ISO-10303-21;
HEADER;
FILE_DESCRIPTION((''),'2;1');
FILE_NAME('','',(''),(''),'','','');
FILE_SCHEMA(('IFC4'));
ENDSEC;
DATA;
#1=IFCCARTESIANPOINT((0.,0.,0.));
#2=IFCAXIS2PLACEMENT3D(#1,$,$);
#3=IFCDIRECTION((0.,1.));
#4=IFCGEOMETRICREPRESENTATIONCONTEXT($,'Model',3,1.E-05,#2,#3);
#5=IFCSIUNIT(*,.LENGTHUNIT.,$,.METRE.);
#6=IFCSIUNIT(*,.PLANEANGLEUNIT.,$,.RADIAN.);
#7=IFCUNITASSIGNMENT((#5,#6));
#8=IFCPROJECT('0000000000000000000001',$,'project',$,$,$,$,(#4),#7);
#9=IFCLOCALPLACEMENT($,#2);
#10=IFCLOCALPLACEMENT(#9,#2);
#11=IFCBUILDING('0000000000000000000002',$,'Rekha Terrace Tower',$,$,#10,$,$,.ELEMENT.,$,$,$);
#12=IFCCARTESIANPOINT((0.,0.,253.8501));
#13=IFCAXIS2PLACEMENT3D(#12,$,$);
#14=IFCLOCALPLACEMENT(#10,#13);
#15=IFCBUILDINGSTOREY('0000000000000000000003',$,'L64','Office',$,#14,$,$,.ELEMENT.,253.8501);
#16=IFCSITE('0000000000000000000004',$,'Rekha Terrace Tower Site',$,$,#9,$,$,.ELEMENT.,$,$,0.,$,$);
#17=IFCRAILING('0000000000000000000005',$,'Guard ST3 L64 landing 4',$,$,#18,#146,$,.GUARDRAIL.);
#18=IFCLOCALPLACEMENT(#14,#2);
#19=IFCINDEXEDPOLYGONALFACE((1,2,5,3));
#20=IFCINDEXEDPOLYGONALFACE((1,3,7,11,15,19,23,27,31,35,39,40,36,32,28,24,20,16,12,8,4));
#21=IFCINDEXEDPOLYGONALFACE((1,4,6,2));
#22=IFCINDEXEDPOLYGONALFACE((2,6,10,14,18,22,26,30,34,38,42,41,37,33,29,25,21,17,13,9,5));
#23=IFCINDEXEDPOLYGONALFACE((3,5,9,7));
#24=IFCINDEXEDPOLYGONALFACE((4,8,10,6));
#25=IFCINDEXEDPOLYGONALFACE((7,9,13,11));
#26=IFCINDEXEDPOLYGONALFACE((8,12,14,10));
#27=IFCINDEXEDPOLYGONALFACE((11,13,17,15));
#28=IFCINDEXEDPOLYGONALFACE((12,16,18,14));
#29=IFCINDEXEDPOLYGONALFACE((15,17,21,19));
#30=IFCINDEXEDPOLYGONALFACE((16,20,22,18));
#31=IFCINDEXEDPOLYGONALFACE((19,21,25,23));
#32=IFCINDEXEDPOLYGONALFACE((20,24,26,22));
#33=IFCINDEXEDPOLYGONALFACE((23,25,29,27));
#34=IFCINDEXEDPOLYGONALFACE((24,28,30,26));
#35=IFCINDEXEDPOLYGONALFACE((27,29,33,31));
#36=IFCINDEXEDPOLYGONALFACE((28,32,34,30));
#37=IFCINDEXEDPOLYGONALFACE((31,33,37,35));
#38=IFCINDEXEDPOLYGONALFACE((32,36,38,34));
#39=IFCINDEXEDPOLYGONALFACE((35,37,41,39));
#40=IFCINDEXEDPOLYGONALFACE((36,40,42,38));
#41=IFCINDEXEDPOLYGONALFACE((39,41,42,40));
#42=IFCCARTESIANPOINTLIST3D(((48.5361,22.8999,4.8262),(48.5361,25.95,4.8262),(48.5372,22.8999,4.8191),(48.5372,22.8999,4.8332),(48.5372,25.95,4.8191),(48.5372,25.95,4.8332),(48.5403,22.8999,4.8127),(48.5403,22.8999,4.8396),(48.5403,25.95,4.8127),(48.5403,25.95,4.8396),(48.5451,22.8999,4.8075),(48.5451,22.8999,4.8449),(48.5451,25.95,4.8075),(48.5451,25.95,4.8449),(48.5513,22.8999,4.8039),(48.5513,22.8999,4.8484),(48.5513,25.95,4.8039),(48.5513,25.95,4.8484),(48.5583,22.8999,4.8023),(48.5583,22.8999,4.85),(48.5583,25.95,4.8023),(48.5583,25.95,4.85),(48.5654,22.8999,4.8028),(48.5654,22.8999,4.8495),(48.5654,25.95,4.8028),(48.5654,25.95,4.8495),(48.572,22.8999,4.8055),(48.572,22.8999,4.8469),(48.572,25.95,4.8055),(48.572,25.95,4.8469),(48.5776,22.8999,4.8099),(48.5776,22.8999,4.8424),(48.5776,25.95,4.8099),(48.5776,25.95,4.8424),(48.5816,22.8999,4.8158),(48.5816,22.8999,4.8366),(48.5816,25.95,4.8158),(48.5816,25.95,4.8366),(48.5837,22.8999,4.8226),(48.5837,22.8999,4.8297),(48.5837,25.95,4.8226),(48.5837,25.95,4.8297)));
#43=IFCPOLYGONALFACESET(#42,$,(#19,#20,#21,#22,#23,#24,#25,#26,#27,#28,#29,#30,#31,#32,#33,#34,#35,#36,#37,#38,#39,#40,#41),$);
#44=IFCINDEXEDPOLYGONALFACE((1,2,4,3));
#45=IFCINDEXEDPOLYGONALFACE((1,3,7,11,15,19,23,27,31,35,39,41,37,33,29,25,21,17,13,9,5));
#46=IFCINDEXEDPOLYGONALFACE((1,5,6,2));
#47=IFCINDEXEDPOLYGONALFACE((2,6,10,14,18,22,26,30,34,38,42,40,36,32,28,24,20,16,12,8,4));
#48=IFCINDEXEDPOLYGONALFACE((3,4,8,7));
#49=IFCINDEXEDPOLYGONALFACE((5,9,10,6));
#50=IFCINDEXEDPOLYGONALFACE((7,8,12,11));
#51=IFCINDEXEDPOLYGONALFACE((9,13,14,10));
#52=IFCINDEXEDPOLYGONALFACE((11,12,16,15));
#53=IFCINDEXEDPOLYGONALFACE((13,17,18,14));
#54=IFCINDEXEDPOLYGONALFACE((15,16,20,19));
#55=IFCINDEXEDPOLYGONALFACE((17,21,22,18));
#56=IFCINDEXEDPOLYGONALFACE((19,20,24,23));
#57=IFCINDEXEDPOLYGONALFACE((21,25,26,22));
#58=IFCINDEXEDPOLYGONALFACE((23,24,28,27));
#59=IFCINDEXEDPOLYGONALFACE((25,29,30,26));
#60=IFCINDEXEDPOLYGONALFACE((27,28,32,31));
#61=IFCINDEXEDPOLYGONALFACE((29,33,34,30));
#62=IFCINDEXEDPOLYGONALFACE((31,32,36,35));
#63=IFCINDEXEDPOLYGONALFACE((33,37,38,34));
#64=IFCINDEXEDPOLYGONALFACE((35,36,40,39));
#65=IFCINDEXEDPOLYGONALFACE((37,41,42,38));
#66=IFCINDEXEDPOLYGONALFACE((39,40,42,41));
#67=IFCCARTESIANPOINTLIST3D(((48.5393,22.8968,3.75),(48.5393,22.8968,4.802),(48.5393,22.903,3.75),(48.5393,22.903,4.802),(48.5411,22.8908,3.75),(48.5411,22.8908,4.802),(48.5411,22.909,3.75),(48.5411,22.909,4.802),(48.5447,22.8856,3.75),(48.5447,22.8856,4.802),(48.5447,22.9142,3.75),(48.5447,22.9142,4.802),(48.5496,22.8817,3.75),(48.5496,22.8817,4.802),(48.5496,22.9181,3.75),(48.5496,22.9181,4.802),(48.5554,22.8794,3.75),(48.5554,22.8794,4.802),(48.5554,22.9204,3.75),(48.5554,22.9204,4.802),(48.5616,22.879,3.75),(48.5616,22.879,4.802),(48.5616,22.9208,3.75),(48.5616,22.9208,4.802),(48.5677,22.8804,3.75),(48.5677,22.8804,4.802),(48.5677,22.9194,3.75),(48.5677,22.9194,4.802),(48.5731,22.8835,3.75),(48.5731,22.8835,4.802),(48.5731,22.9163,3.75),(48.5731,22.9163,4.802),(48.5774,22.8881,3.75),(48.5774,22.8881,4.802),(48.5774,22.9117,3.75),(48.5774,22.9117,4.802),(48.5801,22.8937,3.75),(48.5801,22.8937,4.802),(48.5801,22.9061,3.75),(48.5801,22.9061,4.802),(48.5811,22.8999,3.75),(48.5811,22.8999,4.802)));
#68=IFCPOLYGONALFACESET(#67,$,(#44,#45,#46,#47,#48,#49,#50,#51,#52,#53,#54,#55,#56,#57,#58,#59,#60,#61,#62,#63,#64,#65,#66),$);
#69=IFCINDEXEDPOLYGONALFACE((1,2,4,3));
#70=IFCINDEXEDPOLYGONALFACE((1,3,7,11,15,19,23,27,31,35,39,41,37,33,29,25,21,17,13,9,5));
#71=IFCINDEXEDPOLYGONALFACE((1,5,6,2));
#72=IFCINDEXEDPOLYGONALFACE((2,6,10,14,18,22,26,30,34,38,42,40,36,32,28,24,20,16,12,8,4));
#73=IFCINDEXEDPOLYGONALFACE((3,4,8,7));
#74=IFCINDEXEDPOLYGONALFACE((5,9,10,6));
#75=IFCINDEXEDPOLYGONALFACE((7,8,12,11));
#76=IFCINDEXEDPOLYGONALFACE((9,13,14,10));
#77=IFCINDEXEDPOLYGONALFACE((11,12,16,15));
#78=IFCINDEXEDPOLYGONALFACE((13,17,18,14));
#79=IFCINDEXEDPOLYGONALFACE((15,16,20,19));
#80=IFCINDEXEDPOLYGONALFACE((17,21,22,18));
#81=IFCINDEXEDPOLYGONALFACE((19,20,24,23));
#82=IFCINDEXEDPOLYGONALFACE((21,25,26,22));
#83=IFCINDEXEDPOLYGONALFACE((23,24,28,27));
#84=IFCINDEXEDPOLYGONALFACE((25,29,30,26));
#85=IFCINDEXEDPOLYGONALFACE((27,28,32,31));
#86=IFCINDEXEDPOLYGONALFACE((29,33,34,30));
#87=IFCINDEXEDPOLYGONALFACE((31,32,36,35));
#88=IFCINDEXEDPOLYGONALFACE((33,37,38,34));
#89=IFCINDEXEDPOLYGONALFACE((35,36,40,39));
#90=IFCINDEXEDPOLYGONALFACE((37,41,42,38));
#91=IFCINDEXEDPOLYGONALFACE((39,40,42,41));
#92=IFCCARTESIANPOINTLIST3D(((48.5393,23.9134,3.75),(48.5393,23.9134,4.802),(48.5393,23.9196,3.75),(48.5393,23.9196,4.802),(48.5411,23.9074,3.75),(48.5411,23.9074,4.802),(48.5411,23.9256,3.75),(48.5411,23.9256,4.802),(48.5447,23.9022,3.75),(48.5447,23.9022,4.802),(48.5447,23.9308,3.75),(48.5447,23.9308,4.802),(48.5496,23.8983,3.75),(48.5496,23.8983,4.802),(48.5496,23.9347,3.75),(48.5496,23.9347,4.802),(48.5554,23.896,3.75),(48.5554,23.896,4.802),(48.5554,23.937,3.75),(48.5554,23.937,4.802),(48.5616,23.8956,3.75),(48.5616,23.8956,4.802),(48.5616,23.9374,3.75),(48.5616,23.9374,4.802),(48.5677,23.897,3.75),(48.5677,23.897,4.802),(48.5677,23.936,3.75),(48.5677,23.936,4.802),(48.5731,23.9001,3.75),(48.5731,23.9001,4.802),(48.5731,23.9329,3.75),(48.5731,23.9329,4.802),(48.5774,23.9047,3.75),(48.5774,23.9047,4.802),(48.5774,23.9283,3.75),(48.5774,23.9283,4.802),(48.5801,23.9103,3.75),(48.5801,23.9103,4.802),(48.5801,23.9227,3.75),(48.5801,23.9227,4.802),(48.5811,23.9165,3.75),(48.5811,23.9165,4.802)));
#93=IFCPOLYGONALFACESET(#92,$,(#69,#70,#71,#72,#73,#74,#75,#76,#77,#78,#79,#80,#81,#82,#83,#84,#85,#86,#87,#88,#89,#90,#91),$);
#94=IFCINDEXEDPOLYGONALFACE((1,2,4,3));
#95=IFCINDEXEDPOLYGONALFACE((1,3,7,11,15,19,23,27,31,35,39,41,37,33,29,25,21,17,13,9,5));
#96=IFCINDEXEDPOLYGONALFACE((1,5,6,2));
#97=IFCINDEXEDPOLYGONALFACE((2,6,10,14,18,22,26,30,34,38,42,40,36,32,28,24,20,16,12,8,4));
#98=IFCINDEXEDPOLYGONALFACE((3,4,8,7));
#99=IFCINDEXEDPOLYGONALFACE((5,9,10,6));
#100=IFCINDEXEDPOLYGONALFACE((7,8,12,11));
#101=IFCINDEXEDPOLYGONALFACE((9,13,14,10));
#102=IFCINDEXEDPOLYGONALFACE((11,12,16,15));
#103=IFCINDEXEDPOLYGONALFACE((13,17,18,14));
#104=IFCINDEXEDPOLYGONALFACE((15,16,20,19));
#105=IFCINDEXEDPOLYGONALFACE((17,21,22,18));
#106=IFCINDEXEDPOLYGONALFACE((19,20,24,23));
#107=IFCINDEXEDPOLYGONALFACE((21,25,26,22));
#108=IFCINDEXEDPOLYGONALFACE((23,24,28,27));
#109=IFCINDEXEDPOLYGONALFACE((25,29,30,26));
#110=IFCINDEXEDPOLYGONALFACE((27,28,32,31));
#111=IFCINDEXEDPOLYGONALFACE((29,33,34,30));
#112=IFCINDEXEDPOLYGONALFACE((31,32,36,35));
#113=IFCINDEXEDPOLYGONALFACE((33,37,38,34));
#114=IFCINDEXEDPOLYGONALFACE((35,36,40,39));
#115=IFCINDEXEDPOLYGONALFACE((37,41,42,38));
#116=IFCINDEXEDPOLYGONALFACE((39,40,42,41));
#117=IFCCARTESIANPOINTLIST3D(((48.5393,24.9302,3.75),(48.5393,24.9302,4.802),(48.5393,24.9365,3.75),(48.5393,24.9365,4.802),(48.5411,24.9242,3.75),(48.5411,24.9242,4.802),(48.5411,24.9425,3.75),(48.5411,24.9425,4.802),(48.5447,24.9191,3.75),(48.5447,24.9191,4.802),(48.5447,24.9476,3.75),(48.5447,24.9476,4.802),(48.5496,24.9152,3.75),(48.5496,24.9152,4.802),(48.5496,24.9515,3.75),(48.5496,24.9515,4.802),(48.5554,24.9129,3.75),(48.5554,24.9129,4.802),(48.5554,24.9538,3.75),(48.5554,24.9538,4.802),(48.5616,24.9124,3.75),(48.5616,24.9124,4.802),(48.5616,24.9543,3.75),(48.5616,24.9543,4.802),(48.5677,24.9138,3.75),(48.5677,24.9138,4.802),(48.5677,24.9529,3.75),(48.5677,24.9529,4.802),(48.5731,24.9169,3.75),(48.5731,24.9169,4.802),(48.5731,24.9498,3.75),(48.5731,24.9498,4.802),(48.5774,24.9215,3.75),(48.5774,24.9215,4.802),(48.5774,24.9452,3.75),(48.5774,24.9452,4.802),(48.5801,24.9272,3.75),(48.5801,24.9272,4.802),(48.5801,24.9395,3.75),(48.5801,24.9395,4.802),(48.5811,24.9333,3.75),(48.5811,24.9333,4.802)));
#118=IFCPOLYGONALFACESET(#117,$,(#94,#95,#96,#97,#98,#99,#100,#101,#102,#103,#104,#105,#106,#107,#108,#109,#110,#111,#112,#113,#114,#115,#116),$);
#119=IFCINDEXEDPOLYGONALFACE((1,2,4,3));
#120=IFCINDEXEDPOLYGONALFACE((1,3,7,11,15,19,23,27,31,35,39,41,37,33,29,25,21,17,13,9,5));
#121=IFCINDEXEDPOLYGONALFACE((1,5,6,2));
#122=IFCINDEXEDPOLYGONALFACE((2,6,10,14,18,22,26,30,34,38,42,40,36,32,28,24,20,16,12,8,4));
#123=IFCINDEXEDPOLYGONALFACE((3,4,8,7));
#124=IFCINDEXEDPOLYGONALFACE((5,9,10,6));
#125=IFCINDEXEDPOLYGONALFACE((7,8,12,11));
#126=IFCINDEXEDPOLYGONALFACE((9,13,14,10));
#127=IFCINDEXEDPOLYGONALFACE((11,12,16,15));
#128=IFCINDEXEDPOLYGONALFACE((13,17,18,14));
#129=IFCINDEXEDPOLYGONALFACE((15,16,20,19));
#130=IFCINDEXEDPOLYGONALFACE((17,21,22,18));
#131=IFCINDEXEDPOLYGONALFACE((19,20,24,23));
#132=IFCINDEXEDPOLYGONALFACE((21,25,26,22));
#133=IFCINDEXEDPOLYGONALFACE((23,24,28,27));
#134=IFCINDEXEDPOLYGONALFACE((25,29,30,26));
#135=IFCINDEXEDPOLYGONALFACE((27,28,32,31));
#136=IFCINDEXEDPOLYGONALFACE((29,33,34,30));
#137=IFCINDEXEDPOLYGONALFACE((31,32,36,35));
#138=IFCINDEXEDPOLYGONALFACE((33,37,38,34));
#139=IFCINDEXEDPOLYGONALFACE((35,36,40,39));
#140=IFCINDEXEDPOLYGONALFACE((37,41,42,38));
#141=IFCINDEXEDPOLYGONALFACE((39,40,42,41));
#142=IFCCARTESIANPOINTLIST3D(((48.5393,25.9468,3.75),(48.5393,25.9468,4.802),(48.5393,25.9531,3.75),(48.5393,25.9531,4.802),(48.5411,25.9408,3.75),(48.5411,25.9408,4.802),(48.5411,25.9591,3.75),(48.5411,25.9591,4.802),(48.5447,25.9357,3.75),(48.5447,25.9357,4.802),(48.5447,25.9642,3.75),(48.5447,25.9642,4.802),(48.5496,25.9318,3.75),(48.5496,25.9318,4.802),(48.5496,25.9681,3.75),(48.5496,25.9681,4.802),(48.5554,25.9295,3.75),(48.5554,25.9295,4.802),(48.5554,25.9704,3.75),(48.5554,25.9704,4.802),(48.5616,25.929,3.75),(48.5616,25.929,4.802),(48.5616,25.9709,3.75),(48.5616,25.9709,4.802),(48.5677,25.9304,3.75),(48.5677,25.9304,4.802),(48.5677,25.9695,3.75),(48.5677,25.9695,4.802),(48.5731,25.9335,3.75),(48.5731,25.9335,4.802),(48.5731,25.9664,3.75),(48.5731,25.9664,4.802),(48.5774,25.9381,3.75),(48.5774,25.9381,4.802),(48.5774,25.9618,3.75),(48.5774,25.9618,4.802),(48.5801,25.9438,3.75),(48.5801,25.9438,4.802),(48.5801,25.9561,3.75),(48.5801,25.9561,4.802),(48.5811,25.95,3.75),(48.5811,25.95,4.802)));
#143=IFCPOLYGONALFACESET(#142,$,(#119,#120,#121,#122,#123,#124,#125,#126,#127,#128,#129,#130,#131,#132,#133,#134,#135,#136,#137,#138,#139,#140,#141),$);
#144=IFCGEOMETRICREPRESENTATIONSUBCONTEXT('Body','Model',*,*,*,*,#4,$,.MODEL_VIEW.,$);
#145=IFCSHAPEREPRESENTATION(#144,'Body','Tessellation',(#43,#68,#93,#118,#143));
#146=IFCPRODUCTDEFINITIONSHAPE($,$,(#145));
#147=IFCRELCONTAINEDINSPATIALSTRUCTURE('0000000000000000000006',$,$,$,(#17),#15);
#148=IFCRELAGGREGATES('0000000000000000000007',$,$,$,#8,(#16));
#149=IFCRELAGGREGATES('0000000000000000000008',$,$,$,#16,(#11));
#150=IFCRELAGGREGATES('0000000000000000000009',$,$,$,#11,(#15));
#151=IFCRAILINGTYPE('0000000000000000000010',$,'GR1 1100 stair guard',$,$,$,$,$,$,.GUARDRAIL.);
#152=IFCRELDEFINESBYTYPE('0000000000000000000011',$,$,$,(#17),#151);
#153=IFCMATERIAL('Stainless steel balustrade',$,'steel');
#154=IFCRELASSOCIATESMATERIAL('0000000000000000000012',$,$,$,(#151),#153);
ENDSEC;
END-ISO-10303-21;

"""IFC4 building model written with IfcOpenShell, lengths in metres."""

from ifc_helpers import new_model, si_unit, direction, frame, origin, origin_2d, place, context, subcontext, project, spatial, circle, extrude, material, type_object, element, save


model = new_model("IFC4")

# Units and contexts
model_context = context("Model", 3, precision=1e-05, world=origin(), true_north=direction((0.0, 1.0)))
body_context = subcontext(model_context, "Body", "Model", "MODEL_VIEW")
ifc_project = project(units=[si_unit("LENGTHUNIT", "METRE"), si_unit("PLANEANGLEUNIT", "RADIAN")], contexts=[model_context])

# Site, building, storey
site_placement = place(None, origin())
site = spatial("IfcSite", under=ifc_project, at=site_placement, Name="Rekha Terrace Tower Site", CompositionType="ELEMENT", RefElevation=0.0)
building_placement = place(site_placement, origin())
building = spatial("IfcBuilding", under=site, at=building_placement, Name="Rekha Terrace Tower", CompositionType="ELEMENT")
storey_placement = place(building_placement, frame((0.0, 0.0, 253.8501)))
storey = spatial("IfcBuildingStorey", under=building, at=storey_placement, Name="L64", Description="Office", CompositionType="ELEMENT", Elevation=253.8501)

# Railing
ifc_material_1 = material(Name="Stainless steel balustrade", Category="steel")
railing_type_1 = type_object("IfcRailingType", Name="GR1 1100 stair guard", PredefinedType="GUARDRAIL", material=ifc_material_1)
railing_1_placement = place(storey_placement, frame((48.5601, 22.8999, 3.75)))
element("IfcRailing", 1, at=railing_1_placement, inside=storey, type_object=railing_type_1, Name="Guard ST3 L64 landing 4", PredefinedType="GUARDRAIL", context=body_context, shape_type="SweptSolid", body=[
    extrude(circle(Radius=0.0239, at=origin_2d()), frame((0.0, 0.0, 1.0762), z_axis=(0.0, 1.0, 0.0), x_axis=(-1.0, 0.0, 0.0)), (0.0, 0.0, 1.0), 3.05),
    extrude(circle(Radius=0.021, at=origin_2d()), origin(), (0.0, 0.0, 1.0), 1.052),
    extrude(circle(Radius=0.021, at=origin_2d()), frame((0.0, 1.0166, 0.0)), (0.0, 0.0, 1.0), 1.052),
    extrude(circle(Radius=0.021, at=origin_2d()), frame((0.0, 2.0334, 0.0)), (0.0, 0.0, 1.0), 1.052),
    extrude(circle(Radius=0.021, at=origin_2d()), frame((0.0, 3.05, 0.0)), (0.0, 0.0, 1.0), 1.052),
])

save(model, "model.ifc")
